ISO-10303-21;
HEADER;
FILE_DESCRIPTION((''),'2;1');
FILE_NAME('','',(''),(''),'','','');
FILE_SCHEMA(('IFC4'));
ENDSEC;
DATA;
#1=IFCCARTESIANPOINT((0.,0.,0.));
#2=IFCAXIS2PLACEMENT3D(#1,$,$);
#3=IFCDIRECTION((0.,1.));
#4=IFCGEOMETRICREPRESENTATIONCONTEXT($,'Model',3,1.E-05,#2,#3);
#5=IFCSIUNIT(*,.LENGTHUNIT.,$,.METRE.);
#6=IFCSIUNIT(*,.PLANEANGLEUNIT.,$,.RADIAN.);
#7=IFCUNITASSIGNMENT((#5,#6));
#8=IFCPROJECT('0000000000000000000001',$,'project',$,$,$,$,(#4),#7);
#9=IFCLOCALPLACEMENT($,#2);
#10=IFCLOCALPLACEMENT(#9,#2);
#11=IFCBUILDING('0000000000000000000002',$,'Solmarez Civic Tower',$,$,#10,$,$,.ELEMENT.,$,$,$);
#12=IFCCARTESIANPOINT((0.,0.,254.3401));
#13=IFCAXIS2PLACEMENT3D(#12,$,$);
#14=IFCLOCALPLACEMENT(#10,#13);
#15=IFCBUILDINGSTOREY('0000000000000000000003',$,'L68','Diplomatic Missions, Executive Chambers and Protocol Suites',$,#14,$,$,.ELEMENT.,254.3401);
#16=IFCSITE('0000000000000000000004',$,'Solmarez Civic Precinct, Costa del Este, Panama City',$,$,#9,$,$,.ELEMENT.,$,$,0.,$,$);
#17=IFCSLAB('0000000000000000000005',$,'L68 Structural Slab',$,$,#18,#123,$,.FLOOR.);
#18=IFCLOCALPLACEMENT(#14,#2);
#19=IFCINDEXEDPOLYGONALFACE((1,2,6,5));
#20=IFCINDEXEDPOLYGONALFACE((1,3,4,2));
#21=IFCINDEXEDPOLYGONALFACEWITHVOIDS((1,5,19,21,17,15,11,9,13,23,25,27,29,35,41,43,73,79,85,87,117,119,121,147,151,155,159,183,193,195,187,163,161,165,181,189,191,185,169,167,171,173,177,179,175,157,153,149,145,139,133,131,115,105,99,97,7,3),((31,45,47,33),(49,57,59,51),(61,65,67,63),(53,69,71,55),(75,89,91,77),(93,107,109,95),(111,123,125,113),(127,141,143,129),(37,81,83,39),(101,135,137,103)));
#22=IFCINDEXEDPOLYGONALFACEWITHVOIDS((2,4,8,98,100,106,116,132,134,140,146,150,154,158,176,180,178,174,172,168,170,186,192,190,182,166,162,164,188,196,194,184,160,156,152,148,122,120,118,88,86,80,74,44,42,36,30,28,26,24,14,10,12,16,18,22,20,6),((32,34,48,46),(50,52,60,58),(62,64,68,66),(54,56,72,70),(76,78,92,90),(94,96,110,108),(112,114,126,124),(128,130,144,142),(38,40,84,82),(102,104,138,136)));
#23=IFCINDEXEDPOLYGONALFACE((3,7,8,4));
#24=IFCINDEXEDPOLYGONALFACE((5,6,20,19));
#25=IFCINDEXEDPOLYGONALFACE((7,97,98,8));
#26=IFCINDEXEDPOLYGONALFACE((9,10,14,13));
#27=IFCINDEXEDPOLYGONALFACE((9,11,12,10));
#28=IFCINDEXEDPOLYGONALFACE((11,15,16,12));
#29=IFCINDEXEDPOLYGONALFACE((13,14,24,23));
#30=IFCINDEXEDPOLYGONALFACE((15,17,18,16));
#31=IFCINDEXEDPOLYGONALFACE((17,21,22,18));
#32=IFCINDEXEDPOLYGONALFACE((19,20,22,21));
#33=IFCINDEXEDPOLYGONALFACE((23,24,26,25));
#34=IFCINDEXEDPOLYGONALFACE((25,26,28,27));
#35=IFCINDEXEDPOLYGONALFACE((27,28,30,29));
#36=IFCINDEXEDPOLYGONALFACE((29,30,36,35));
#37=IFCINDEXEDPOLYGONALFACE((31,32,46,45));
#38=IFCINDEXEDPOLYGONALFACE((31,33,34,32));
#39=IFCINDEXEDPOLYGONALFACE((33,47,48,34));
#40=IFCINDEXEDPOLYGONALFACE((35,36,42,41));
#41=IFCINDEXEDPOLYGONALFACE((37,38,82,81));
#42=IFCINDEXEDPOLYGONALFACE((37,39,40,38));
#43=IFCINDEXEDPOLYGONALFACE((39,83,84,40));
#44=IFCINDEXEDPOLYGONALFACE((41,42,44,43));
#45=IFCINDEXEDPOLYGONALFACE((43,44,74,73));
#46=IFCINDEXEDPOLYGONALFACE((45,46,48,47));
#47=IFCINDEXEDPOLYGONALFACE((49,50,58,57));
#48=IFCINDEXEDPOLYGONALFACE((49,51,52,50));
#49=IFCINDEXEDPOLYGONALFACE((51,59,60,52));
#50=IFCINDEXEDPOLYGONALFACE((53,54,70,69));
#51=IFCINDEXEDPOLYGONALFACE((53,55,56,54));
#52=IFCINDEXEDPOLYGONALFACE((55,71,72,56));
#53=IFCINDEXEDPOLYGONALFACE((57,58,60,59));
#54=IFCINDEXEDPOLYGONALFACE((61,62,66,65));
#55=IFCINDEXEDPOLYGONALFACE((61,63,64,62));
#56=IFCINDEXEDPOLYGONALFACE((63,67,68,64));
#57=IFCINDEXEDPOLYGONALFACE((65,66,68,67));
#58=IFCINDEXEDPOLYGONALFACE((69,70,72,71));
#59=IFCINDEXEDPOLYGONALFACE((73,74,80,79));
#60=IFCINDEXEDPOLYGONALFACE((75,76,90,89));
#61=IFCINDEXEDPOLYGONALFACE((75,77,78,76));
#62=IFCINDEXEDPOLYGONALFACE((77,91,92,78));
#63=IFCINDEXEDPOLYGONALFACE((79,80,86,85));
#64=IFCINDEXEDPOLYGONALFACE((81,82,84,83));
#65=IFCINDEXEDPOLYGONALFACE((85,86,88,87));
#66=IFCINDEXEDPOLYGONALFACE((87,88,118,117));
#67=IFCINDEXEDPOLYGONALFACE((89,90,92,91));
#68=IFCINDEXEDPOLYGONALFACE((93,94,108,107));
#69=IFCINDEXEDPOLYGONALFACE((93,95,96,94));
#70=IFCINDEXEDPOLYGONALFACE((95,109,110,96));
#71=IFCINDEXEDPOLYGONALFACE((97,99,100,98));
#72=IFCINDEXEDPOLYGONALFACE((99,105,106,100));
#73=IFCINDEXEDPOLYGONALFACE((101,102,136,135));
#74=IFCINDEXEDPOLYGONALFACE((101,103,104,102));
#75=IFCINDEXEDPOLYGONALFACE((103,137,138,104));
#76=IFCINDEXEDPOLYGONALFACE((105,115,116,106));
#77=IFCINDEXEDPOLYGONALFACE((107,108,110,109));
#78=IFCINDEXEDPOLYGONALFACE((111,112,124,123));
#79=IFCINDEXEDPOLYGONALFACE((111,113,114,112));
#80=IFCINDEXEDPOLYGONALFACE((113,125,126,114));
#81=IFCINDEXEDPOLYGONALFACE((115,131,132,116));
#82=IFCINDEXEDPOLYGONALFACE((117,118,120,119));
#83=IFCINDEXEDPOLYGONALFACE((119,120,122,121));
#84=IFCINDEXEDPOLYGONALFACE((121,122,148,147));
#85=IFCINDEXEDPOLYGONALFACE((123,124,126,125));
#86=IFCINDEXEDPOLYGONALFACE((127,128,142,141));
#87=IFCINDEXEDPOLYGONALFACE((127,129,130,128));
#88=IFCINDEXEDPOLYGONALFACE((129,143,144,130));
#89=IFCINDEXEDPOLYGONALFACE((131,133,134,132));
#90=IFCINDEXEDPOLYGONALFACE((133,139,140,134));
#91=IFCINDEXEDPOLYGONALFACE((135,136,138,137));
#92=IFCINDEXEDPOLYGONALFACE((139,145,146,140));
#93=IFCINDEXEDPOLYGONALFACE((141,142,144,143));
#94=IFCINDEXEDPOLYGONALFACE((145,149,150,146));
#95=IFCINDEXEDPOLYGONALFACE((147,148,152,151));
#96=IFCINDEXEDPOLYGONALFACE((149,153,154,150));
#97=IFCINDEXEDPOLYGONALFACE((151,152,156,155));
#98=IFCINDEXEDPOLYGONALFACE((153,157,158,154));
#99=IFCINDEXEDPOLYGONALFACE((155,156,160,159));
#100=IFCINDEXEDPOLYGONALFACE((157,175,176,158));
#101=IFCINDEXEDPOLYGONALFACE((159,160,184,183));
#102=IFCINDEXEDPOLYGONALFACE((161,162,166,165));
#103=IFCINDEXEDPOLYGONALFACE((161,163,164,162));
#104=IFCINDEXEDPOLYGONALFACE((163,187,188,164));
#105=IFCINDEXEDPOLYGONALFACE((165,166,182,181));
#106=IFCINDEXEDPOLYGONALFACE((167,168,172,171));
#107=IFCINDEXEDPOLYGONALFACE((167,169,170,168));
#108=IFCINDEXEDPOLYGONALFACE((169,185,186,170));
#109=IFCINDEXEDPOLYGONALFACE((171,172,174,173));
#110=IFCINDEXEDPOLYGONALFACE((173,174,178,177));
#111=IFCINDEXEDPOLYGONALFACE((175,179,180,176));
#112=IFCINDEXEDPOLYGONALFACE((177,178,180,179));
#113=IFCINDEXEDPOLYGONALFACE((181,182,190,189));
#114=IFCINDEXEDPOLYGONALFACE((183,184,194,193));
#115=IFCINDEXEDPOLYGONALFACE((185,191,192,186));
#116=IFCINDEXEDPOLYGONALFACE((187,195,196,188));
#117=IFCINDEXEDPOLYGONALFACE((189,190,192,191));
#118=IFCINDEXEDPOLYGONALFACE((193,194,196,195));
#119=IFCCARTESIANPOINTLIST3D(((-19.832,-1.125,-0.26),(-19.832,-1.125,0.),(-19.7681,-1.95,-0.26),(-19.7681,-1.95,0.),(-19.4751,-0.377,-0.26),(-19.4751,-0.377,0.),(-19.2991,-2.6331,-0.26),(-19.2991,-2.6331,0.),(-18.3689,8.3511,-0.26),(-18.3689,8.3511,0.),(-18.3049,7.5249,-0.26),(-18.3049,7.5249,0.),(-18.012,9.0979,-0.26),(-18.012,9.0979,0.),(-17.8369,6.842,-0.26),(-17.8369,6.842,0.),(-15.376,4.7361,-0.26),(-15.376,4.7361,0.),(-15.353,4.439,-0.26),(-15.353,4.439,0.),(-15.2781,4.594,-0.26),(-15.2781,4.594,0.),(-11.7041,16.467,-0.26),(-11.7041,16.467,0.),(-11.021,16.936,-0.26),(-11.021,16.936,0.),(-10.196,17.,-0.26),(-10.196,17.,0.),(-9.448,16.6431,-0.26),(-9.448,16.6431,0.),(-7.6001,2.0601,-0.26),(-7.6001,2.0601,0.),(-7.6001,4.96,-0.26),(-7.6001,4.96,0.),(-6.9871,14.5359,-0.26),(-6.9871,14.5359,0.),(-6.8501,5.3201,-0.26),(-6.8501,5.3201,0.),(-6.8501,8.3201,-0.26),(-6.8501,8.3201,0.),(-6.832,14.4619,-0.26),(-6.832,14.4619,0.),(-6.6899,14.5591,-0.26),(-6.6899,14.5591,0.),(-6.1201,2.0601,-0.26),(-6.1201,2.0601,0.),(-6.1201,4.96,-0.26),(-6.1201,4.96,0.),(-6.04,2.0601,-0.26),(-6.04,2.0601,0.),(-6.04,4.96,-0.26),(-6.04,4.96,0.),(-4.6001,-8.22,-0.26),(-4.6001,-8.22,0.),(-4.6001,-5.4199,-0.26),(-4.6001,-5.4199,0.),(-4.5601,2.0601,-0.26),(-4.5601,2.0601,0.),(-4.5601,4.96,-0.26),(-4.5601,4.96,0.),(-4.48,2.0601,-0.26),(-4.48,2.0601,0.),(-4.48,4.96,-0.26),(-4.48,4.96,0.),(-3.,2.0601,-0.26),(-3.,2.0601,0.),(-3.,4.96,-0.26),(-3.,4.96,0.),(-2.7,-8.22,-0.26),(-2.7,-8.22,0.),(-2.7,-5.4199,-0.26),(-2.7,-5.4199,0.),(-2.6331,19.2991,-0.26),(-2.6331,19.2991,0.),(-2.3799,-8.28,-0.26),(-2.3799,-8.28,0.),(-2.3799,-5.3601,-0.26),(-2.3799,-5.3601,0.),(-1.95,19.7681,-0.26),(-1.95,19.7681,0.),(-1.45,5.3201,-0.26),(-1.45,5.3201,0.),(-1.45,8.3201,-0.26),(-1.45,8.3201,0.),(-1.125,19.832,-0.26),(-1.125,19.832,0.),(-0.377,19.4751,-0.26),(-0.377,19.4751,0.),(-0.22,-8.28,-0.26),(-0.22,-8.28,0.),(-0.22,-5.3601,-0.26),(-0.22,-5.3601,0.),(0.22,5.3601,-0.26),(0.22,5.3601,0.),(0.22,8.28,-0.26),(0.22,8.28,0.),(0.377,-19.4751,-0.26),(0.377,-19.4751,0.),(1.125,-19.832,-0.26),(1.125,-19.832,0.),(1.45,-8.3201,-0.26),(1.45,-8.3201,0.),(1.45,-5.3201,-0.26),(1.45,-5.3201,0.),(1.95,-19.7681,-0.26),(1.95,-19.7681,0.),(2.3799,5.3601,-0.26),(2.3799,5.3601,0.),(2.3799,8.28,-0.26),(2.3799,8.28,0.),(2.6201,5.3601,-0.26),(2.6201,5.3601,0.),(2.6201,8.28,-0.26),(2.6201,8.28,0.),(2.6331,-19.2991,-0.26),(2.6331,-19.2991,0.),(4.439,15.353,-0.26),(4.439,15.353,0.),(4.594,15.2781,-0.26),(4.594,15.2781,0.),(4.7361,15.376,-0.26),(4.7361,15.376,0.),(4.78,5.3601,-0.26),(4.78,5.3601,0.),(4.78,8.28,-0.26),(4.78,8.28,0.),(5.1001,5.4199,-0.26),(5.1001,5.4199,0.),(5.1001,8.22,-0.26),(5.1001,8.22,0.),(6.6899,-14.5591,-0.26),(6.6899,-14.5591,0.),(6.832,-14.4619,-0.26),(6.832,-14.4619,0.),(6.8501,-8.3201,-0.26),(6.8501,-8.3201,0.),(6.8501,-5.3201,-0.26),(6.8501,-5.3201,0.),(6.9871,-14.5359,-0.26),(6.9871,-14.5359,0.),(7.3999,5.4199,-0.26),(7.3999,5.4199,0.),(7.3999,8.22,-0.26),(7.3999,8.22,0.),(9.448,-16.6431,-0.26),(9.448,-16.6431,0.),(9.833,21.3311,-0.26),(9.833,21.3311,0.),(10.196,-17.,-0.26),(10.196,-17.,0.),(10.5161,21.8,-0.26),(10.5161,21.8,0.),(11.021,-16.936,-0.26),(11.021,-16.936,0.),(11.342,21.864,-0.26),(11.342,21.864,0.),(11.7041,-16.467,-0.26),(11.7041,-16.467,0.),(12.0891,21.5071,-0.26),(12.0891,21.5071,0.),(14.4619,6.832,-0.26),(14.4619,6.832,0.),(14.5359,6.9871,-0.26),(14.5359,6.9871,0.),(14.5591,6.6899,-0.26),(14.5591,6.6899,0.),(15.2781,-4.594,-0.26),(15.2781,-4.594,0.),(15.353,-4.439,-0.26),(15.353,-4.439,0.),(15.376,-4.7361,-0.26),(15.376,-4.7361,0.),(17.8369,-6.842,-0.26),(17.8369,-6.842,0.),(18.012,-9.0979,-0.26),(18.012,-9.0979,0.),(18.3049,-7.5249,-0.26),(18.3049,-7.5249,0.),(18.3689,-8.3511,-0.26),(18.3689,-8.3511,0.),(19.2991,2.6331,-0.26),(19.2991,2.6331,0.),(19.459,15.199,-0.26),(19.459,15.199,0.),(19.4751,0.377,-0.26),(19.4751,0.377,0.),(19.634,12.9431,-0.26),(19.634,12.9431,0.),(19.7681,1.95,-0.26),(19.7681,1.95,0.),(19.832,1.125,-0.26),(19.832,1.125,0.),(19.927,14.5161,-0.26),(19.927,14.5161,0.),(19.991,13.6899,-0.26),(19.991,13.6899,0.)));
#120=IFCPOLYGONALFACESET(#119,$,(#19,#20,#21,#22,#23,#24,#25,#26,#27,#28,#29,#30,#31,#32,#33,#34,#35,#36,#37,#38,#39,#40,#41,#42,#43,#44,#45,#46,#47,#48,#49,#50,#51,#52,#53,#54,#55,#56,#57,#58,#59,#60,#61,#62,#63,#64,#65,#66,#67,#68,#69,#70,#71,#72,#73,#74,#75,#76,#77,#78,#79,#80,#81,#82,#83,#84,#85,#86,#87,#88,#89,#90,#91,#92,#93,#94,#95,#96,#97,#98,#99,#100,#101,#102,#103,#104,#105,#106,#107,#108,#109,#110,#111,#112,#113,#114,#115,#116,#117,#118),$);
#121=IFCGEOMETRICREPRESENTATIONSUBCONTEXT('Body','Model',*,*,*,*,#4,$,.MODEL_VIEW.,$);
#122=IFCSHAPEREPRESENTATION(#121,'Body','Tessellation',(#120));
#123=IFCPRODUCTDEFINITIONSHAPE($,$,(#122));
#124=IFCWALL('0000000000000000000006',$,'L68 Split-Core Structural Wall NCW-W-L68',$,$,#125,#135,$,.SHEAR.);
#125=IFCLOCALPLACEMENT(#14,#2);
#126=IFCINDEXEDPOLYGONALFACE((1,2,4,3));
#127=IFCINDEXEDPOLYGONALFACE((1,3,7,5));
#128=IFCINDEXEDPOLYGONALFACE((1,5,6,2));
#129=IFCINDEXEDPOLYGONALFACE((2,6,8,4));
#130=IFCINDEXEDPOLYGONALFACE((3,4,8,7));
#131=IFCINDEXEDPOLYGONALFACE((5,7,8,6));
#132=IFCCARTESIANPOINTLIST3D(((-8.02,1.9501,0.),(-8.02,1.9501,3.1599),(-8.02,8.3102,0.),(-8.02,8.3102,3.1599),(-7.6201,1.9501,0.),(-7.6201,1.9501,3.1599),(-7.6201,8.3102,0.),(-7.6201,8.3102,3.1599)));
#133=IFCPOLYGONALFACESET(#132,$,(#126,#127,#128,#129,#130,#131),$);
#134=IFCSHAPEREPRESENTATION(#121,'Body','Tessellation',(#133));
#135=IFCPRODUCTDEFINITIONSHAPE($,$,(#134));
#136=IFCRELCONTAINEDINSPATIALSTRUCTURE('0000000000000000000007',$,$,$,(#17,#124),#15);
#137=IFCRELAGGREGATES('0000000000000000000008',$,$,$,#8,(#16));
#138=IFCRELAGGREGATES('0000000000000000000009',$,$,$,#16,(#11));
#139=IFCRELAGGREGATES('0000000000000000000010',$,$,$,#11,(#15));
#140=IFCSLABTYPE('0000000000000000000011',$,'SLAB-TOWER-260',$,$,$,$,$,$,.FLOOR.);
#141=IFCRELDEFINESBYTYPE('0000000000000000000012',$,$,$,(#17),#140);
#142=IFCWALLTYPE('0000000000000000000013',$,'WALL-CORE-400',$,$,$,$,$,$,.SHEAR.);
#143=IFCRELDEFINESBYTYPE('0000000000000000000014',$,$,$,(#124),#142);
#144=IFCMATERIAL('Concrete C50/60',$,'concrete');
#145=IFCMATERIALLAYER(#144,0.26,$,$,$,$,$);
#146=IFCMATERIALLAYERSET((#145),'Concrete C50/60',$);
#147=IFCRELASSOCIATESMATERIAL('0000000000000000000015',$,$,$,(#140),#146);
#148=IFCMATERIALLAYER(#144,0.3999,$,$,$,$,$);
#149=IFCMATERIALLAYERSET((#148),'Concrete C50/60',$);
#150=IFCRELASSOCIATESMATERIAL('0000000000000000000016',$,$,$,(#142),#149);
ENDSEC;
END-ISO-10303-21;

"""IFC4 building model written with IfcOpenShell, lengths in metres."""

from ifc_helpers import new_model, si_unit, direction, frame, frame_2d, origin, place, context, subcontext, project, spatial, polyline, rectangle, outline, extrude, material, layer, layer_set, type_object, element, save


model = new_model("IFC4")

# Units and contexts
model_context = context("Model", 3, precision=1e-05, world=origin(), true_north=direction((0.0, 1.0)))
body_context = subcontext(model_context, "Body", "Model", "MODEL_VIEW")
ifc_project = project(units=[si_unit("LENGTHUNIT", "METRE"), si_unit("PLANEANGLEUNIT", "RADIAN")], contexts=[model_context])

# Site, building, storey
site_placement = place(None, origin())
site = spatial("IfcSite", under=ifc_project, at=site_placement, Name="Solmarez Civic Precinct, Costa del Este, Panama City", CompositionType="ELEMENT", RefElevation=0.0)
building_placement = place(site_placement, origin())
building = spatial("IfcBuilding", under=site, at=building_placement, Name="Solmarez Civic Tower", CompositionType="ELEMENT")
storey_placement = place(building_placement, frame((0.0, 0.0, 254.3401)))
storey = spatial("IfcBuildingStorey", under=building, at=storey_placement, Name="L68", Description="Diplomatic Missions, Executive Chambers and Protocol Suites", CompositionType="ELEMENT", Elevation=254.3401)

# Shared definitions
ifc_material_1 = material(Name="Concrete C50/60", Category="concrete")

# Slab
ifc_layer_1 = layer(ifc_material_1, 0.26)
ifc_layer_set_1 = layer_set([ifc_layer_1], Name="Concrete C50/60")
slab_type_1 = type_object("IfcSlabType", Name="SLAB-TOWER-260", PredefinedType="FLOOR", material=ifc_layer_set_1)
slab_1_placement = place(storey_placement, frame((0.0, 0.0, -0.26)))
element("IfcSlab", 1, at=slab_1_placement, inside=storey, type_object=slab_type_1, Name="L68 Structural Slab", PredefinedType="FLOOR", context=body_context, shape_type="SweptSolid", body=[
    extrude(outline(polyline([(6.9871, -14.5359), (9.448, -16.6431), (10.196, -17.0), (11.021, -16.936), (11.7041, -16.467), (18.012, -9.0979), (18.3689, -8.3511), (18.3049, -7.5249), (17.8369, -6.842), (15.376, -4.7361), (15.2781, -4.594), (15.353, -4.439), (19.4751, 0.377), (19.832, 1.125), (19.7681, 1.95), (19.2991, 2.6331), (14.5591, 6.6899), (14.4619, 6.832), (14.5359, 6.9871), (19.634, 12.9431), (19.991, 13.6899), (19.927, 14.5161), (19.459, 15.199), (12.0891, 21.5071), (11.342, 21.864), (10.5161, 21.8), (9.833, 21.3311), (4.7361, 15.376), (4.594, 15.2781), (4.439, 15.353), (-0.377, 19.4751), (-1.125, 19.832), (-1.95, 19.7681), (-2.6331, 19.2991), (-6.6899, 14.5591), (-6.832, 14.4619), (-6.9871, 14.5359), (-9.448, 16.6431), (-10.196, 17.0), (-11.021, 16.936), (-11.7041, 16.467), (-18.012, 9.0979), (-18.3689, 8.3511), (-18.3049, 7.5249), (-17.8369, 6.842), (-15.376, 4.7361), (-15.2781, 4.594), (-15.353, 4.439), (-19.4751, -0.377), (-19.832, -1.125), (-19.7681, -1.95), (-19.2991, -2.6331), (0.377, -19.4751), (1.125, -19.832), (1.95, -19.7681), (2.6331, -19.2991), (6.6899, -14.5591), (6.832, -14.4619), (6.9871, -14.5359)]), holes=[polyline([(-1.45, 8.3201), (-6.8501, 8.3201), (-6.8501, 5.3201), (-1.45, 5.3201), (-1.45, 8.3201)]), polyline([(1.45, -8.3201), (6.8501, -8.3201), (6.8501, -5.3201), (1.45, -5.3201), (1.45, -8.3201)]), polyline([(0.22, 5.3601), (2.3799, 5.3601), (2.3799, 8.28), (0.22, 8.28), (0.22, 5.3601)]), polyline([(2.6201, 5.3601), (4.78, 5.3601), (4.78, 8.28), (2.6201, 8.28), (2.6201, 5.3601)]), polyline([(-2.3799, -8.28), (-0.22, -8.28), (-0.22, -5.3601), (-2.3799, -5.3601), (-2.3799, -8.28)]), polyline([(-7.6001, 2.0601), (-6.1201, 2.0601), (-6.1201, 4.96), (-7.6001, 4.96), (-7.6001, 2.0601)]), polyline([(-6.04, 2.0601), (-4.5601, 2.0601), (-4.5601, 4.96), (-6.04, 4.96), (-6.04, 2.0601)]), polyline([(-4.48, 2.0601), (-3.0, 2.0601), (-3.0, 4.96), (-4.48, 4.96), (-4.48, 2.0601)]), polyline([(5.1001, 5.4199), (7.3999, 5.4199), (7.3999, 8.22), (5.1001, 8.22), (5.1001, 5.4199)]), polyline([(-4.6001, -8.22), (-2.7, -8.22), (-2.7, -5.4199), (-4.6001, -5.4199), (-4.6001, -8.22)])]), origin(), (0.0, 0.0, 1.0), 0.26),
])

# Wall
ifc_layer_2 = layer(ifc_material_1, 0.3999)
ifc_layer_set_2 = layer_set([ifc_layer_2], Name="Concrete C50/60")
wall_type_1 = type_object("IfcWallType", Name="WALL-CORE-400", PredefinedType="SHEAR", material=ifc_layer_set_2)
wall_1_placement = place(storey_placement, frame((-7.8201, 1.95, 0.0), z_axis=(0.0, 0.0, 1.0), x_axis=(0.0, 1.0, 0.0)))
element("IfcWall", 2, at=wall_1_placement, inside=storey, type_object=wall_type_1, Name="L68 Split-Core Structural Wall NCW-W-L68", PredefinedType="SHEAR", context=body_context, shape_type="SweptSolid", body=[
    extrude(rectangle(XDim=6.3601, YDim=0.3999, at=frame_2d((3.1802, 0.0))), origin(), (0.0, 0.0, 1.0), 3.1599),
])

save(model, "model.ifc")
